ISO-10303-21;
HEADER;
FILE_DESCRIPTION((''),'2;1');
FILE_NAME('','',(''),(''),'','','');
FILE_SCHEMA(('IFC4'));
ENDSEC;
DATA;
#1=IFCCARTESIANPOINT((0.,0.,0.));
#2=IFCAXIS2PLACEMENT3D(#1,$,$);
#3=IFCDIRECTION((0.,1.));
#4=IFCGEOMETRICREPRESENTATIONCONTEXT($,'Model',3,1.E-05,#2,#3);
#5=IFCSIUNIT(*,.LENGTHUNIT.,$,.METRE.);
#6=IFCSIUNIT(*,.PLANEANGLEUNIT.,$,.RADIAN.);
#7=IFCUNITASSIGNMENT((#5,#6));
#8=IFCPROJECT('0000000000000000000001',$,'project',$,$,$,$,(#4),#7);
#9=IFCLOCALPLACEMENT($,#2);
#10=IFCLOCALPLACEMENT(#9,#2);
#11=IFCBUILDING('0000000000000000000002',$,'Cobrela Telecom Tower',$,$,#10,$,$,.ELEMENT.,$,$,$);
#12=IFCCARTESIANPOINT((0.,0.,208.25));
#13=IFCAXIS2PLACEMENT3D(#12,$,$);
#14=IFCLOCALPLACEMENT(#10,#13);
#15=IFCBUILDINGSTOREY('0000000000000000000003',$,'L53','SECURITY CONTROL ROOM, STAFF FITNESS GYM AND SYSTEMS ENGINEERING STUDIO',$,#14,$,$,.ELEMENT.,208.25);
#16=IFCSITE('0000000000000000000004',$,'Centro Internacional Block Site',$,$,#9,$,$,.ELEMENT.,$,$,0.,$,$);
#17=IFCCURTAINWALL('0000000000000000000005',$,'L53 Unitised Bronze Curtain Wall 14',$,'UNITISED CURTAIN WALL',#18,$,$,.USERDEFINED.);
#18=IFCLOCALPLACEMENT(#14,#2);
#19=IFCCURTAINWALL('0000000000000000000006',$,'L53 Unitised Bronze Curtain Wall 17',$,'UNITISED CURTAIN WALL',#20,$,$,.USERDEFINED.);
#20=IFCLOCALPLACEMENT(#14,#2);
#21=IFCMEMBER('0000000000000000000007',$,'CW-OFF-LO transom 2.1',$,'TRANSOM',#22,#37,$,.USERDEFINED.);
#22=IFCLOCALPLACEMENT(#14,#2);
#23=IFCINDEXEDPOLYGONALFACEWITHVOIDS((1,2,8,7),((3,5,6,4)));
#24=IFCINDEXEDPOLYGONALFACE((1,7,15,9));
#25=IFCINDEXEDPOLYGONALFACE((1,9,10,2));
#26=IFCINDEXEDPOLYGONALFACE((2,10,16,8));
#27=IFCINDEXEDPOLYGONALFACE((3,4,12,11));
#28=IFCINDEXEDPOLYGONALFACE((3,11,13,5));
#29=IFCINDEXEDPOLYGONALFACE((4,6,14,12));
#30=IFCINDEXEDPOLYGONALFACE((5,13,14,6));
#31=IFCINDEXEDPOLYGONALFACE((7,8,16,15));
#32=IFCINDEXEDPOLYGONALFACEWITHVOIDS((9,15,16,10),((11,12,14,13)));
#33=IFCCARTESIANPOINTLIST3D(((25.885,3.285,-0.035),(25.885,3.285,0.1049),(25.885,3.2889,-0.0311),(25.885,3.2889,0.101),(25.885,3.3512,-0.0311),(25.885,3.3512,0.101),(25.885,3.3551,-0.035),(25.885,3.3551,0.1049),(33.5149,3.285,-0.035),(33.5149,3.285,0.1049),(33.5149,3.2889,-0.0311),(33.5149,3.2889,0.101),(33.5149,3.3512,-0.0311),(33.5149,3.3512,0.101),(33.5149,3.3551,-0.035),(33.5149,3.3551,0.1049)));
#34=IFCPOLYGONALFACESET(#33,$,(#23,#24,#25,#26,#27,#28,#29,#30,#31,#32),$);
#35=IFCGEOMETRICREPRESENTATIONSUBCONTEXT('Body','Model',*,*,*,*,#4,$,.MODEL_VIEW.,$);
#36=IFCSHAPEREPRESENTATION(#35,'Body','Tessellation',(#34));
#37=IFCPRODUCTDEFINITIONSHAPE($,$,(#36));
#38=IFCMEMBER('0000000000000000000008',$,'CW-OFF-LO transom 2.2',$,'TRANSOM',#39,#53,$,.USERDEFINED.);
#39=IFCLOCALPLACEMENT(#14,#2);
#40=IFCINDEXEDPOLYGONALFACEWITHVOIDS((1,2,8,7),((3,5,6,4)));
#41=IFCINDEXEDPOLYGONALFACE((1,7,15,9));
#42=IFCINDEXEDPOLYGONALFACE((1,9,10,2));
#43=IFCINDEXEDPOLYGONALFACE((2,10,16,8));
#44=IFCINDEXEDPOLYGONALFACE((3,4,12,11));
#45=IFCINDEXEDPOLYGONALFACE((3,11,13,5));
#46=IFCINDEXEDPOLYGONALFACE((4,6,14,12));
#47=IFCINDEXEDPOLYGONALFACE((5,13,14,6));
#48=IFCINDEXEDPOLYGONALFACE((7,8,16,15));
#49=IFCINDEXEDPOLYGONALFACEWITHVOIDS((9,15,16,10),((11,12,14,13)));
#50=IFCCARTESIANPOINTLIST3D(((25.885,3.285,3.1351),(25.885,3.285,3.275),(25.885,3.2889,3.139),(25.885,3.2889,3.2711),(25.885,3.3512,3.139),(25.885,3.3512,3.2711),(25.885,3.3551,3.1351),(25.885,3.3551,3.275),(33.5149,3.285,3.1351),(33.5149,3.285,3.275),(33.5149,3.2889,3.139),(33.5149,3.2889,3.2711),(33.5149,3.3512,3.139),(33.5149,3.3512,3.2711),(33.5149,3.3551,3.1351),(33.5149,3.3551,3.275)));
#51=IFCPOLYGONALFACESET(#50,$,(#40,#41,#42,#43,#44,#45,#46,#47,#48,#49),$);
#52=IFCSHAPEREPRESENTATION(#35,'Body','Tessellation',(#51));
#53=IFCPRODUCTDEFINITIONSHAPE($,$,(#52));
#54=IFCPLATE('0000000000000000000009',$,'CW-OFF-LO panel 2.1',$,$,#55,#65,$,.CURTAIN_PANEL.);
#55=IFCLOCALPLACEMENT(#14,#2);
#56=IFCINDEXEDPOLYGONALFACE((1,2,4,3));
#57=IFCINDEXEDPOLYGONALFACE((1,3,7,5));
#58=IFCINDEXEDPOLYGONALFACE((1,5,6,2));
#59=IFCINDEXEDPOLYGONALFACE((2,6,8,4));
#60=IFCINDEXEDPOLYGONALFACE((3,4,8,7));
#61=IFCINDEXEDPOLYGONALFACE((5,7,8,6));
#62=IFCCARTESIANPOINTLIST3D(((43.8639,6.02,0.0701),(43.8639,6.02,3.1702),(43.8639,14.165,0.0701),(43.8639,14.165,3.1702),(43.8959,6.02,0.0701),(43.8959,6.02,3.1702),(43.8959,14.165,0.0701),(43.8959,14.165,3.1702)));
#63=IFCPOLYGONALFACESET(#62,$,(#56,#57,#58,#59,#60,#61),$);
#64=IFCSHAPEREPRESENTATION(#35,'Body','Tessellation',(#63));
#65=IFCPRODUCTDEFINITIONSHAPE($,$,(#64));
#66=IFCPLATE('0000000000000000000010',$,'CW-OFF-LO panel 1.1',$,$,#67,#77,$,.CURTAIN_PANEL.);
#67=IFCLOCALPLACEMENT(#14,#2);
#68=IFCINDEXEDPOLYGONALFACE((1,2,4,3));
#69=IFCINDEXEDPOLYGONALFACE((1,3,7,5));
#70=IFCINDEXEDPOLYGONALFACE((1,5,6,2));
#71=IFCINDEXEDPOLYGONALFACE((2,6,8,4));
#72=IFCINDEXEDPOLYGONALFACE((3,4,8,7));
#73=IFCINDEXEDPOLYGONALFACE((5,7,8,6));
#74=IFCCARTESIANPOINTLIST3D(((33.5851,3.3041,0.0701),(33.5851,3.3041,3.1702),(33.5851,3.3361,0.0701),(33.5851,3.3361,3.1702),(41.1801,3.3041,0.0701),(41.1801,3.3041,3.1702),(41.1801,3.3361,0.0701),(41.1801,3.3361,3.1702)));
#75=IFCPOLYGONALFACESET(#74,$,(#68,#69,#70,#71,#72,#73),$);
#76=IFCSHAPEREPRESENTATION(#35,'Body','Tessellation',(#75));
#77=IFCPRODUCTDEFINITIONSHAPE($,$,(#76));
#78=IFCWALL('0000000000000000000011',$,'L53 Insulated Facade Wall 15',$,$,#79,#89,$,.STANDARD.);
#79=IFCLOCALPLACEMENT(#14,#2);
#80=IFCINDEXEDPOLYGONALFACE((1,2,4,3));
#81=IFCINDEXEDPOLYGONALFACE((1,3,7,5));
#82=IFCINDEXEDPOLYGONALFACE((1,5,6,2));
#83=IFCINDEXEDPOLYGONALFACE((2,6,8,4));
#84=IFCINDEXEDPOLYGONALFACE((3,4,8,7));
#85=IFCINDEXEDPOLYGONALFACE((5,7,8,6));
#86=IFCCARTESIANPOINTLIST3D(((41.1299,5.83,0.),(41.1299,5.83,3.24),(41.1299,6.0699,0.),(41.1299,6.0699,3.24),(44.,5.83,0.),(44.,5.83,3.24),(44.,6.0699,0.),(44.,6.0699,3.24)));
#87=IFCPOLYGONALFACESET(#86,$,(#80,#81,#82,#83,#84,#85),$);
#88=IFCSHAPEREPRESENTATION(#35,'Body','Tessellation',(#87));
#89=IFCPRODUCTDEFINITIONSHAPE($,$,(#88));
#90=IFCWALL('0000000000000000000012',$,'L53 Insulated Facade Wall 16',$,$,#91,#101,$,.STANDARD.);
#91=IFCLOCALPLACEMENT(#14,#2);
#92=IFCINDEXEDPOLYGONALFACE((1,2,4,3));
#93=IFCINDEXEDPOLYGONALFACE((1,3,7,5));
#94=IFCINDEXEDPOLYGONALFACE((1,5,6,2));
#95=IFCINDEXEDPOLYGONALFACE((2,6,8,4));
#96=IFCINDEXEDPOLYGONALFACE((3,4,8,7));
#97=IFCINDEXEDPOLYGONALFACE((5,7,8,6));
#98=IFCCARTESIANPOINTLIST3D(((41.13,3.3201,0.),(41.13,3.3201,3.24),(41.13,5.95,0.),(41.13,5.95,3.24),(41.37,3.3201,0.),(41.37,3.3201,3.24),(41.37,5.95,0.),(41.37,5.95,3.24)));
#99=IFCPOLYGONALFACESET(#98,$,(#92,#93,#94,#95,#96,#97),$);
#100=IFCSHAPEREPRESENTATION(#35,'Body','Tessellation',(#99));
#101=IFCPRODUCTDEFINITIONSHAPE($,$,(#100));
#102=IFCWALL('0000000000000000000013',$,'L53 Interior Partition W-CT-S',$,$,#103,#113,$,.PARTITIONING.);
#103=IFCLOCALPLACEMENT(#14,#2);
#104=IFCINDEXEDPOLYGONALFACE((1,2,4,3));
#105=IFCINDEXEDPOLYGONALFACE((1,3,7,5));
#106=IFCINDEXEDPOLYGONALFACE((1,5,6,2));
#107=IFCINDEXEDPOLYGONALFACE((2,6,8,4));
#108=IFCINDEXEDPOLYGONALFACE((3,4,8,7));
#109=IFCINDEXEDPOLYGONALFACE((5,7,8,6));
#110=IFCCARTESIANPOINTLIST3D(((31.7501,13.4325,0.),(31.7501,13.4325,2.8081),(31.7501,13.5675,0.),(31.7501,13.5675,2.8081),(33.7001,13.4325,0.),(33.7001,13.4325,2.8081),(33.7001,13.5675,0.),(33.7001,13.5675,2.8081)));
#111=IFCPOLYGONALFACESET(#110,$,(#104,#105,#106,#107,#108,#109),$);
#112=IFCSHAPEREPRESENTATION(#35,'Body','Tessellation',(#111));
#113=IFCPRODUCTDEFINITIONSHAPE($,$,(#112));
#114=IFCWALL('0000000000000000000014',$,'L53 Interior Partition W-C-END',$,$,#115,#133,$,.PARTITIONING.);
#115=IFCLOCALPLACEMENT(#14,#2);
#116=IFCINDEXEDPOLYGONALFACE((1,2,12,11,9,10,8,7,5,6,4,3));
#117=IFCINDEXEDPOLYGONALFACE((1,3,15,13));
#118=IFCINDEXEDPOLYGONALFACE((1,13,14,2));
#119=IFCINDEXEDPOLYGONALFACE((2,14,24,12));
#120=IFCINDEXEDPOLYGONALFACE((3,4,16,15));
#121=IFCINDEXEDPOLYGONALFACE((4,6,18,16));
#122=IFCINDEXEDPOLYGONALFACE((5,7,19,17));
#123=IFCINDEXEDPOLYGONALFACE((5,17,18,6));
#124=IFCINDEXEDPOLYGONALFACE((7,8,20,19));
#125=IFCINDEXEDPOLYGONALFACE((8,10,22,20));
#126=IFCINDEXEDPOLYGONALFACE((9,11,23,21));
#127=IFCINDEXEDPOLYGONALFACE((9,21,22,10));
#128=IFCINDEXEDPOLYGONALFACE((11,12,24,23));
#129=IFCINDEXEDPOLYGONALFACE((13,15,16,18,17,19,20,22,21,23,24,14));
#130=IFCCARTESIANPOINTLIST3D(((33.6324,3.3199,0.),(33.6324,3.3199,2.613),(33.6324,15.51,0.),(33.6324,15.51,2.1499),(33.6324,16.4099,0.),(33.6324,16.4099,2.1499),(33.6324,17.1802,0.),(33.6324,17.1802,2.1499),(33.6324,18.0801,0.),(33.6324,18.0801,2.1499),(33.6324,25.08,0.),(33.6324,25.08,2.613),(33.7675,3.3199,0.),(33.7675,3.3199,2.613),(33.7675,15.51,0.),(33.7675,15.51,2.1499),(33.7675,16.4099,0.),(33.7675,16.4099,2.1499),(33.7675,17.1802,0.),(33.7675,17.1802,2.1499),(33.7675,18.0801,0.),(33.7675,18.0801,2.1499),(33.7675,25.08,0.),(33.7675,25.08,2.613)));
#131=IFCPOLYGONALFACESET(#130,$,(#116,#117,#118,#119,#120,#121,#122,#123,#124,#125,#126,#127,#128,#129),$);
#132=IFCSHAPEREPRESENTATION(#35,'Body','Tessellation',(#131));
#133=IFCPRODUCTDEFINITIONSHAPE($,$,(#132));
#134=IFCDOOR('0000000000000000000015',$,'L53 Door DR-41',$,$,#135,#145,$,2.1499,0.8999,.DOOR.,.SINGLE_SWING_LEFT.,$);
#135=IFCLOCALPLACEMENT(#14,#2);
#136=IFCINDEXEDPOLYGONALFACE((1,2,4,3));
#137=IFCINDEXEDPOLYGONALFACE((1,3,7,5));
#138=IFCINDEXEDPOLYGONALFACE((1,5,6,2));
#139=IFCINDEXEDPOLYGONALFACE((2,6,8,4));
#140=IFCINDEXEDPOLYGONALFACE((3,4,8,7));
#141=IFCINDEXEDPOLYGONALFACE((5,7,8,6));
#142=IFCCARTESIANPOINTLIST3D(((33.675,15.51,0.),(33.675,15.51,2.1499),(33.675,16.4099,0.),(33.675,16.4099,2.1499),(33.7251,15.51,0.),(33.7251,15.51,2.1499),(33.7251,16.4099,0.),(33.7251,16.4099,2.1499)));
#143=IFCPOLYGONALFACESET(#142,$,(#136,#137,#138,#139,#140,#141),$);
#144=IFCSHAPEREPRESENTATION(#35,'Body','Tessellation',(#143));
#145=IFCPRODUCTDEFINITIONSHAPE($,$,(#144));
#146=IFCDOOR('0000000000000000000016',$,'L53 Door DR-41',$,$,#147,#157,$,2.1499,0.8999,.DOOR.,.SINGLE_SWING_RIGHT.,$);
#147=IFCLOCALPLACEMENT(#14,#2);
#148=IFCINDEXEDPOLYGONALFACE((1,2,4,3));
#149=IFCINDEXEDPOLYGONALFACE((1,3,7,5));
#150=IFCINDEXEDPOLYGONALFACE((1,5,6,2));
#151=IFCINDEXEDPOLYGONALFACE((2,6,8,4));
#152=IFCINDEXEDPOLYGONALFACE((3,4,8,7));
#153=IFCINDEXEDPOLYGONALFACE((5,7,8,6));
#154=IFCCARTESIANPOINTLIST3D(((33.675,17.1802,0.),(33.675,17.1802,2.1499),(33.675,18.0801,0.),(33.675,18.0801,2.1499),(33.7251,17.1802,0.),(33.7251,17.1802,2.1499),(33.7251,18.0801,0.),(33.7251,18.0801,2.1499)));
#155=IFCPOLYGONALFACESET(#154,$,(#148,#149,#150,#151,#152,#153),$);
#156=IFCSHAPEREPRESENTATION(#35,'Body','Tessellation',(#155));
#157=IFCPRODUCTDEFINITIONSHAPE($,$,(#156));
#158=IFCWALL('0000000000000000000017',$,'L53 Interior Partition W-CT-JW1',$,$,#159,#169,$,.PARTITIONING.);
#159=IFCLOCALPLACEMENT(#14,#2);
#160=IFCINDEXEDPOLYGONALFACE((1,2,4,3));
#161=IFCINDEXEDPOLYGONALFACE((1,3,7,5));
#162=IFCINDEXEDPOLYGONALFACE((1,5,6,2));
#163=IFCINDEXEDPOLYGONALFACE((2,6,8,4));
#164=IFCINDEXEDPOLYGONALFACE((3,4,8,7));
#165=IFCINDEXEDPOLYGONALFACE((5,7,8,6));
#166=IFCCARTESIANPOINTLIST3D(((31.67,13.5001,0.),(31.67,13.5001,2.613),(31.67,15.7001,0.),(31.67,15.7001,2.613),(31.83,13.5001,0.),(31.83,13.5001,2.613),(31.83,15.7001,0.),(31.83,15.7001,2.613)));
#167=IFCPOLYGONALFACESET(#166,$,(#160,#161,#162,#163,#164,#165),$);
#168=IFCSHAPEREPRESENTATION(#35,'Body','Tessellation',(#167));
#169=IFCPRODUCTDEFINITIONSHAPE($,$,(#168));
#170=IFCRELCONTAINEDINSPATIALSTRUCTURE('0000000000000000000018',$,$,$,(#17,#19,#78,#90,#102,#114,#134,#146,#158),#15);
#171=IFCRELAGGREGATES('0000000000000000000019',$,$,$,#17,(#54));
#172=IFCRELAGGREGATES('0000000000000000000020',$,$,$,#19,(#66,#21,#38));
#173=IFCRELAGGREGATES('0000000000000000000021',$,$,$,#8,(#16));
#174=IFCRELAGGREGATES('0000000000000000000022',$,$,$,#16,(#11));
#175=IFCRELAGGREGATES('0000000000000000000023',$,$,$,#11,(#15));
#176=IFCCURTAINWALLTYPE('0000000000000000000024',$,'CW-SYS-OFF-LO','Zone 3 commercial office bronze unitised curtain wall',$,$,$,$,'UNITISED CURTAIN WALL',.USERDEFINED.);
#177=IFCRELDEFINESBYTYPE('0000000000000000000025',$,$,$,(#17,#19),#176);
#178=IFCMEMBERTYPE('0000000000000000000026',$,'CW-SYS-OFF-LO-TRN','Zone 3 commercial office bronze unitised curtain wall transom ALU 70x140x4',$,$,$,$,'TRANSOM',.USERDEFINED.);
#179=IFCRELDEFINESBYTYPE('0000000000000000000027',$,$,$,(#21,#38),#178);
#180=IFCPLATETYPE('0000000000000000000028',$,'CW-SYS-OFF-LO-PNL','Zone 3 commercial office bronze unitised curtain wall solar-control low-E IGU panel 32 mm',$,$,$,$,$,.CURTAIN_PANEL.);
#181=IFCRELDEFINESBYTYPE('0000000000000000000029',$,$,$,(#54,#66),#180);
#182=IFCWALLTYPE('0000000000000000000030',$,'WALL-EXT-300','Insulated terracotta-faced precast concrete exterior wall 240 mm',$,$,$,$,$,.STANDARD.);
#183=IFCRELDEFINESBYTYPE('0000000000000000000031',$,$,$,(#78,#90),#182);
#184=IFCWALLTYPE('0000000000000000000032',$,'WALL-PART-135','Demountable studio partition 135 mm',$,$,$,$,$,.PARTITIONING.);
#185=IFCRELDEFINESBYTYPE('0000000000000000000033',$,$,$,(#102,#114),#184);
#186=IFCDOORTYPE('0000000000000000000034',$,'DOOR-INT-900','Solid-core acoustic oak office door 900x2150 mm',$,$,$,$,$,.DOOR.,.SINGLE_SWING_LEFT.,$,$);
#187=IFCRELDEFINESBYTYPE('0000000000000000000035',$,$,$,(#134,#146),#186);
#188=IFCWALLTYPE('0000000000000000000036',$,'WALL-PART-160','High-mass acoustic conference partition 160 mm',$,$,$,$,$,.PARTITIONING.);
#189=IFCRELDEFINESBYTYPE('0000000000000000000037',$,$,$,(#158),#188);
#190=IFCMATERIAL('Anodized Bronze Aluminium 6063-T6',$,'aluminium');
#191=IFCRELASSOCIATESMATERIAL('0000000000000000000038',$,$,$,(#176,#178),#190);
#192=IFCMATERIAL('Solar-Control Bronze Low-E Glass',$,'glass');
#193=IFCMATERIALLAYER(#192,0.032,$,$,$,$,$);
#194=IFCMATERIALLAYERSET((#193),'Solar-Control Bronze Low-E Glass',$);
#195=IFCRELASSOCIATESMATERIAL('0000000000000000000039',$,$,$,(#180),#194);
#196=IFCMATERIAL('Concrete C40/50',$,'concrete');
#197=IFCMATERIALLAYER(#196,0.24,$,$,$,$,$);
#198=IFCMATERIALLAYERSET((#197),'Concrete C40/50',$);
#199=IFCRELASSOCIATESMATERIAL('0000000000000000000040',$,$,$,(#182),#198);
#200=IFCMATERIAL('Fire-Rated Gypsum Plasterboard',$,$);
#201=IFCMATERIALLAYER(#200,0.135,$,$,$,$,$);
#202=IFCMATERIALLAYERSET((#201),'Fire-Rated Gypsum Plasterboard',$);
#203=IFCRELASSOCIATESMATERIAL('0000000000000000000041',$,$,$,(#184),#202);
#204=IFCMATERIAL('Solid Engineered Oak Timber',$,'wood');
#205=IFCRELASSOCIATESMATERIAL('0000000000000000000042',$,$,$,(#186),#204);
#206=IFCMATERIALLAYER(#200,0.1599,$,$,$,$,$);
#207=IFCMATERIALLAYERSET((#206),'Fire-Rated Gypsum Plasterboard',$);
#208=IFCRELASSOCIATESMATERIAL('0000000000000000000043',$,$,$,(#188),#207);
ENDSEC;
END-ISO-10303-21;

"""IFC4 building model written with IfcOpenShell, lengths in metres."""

from ifc_helpers import new_model, si_unit, direction, frame, frame_2d, origin, origin_2d, place, context, subcontext, project, spatial, rectangle, hollow_rectangle, extrude, material, layer, layer_set, material_profile, profile_set, type_object, element, fill, aggregate, save


model = new_model("IFC4")

# Units and contexts
model_context = context("Model", 3, precision=1e-05, world=origin(), true_north=direction((0.0, 1.0)))
body_context = subcontext(model_context, "Body", "Model", "MODEL_VIEW")
ifc_project = project(units=[si_unit("LENGTHUNIT", "METRE"), si_unit("PLANEANGLEUNIT", "RADIAN")], contexts=[model_context])

# Site, building, storey
site_placement = place(None, origin())
site = spatial("IfcSite", under=ifc_project, at=site_placement, Name="Centro Internacional Block Site", CompositionType="ELEMENT", RefElevation=0.0)
building_placement = place(site_placement, origin())
building = spatial("IfcBuilding", under=site, at=building_placement, Name="Cobrela Telecom Tower", CompositionType="ELEMENT")
storey_placement = place(building_placement, frame((0.0, 0.0, 208.25)))
storey = spatial("IfcBuildingStorey", under=building, at=storey_placement, Name="L53", Description="SECURITY CONTROL ROOM, STAFF FITNESS GYM AND SYSTEMS ENGINEERING STUDIO", CompositionType="ELEMENT", Elevation=208.25)

# Curtain walls
ifc_material_1 = material(Name="Anodized Bronze Aluminium 6063-T6", Category="aluminium")
curtain_wall_type = type_object("IfcCurtainWallType", Name="CW-SYS-OFF-LO", Description="Zone 3 commercial office bronze unitised curtain wall", ElementType="UNITISED CURTAIN WALL", PredefinedType="USERDEFINED", material=ifc_material_1)
curtain_wall_1_placement = place(storey_placement, origin())
curtain_wall_1 = element("IfcCurtainWall", 1, at=curtain_wall_1_placement, inside=storey, type_object=curtain_wall_type, Name="L53 Unitised Bronze Curtain Wall 14", ObjectType="UNITISED CURTAIN WALL", PredefinedType="USERDEFINED")
curtain_wall_2_placement = place(storey_placement, origin())
curtain_wall_2 = element("IfcCurtainWall", 2, at=curtain_wall_2_placement, inside=storey, type_object=curtain_wall_type, Name="L53 Unitised Bronze Curtain Wall 17", ObjectType="UNITISED CURTAIN WALL", PredefinedType="USERDEFINED")

# Members
ifc_material_profile_1 = material_profile(ifc_material_1, hollow_rectangle(XDim=0.0701, YDim=0.1399, WallThickness=0.0039, at=origin_2d()), Name="ALU 70x140x4")
ifc_profile_set_1 = profile_set([ifc_material_profile_1], Name="Anodized Bronze Aluminium 6063-T6")
member_type_1 = type_object("IfcMemberType", Name="CW-SYS-OFF-LO-TRN", Description="Zone 3 commercial office bronze unitised curtain wall transom ALU 70x140x4", ElementType="TRANSOM", PredefinedType="USERDEFINED", material=ifc_profile_set_1)
member_1_placement = place(storey_placement, frame((33.5149, 3.3201, 0.0349), z_axis=(-1.0, 0.0, 0.0), x_axis=(0.0, -1.0, 0.0)))
member_1 = element("IfcMember", 3, at=member_1_placement, type_object=member_type_1, Name="CW-OFF-LO transom 2.1", ObjectType="TRANSOM", PredefinedType="USERDEFINED", context=body_context, shape_type="SweptSolid", body=[
    extrude(hollow_rectangle(XDim=0.0701, YDim=0.1399, WallThickness=0.0039, at=origin_2d()), origin(), (0.0, 0.0, 1.0), 7.6299),
])
member_2_placement = place(storey_placement, frame((33.5149, 3.3201, 3.2051), z_axis=(-1.0, 0.0, 0.0), x_axis=(0.0, -1.0, 0.0)))
member_2 = element("IfcMember", 4, at=member_2_placement, type_object=member_type_1, Name="CW-OFF-LO transom 2.2", ObjectType="TRANSOM", PredefinedType="USERDEFINED", context=body_context, shape_type="SweptSolid", body=[
    extrude(hollow_rectangle(XDim=0.0701, YDim=0.1399, WallThickness=0.0039, at=origin_2d()), origin(), (0.0, 0.0, 1.0), 7.6299),
])

# Plates
ifc_material_2 = material(Name="Solar-Control Bronze Low-E Glass", Category="glass")
ifc_layer_1 = layer(ifc_material_2, 0.032)
ifc_layer_set_1 = layer_set([ifc_layer_1], Name="Solar-Control Bronze Low-E Glass")
plate_type = type_object("IfcPlateType", Name="CW-SYS-OFF-LO-PNL", Description="Zone 3 commercial office bronze unitised curtain wall solar-control low-E IGU panel 32 mm", PredefinedType="CURTAIN_PANEL", material=ifc_layer_set_1)
plate_1_placement = place(storey_placement, frame((43.8799, 10.0925, 0.0701), z_axis=(0.0, 0.0, 1.0), x_axis=(0.0, -1.0, 0.0)))
plate_1 = element("IfcPlate", 5, at=plate_1_placement, type_object=plate_type, Name="CW-OFF-LO panel 2.1", PredefinedType="CURTAIN_PANEL", context=body_context, shape_type="SweptSolid", body=[
    extrude(rectangle(XDim=8.145, YDim=0.032, at=origin_2d()), origin(), (0.0, 0.0, 1.0), 3.1001),
])
aggregate(curtain_wall_1, [plate_1])
plate_2_placement = place(storey_placement, frame((37.3826, 3.3201, 0.0701), z_axis=(0.0, 0.0, 1.0), x_axis=(-1.0, 0.0, 0.0)))
plate_2 = element("IfcPlate", 6, at=plate_2_placement, type_object=plate_type, Name="CW-OFF-LO panel 1.1", PredefinedType="CURTAIN_PANEL", context=body_context, shape_type="SweptSolid", body=[
    extrude(rectangle(XDim=7.595, YDim=0.032, at=origin_2d()), origin(), (0.0, 0.0, 1.0), 3.1001),
])
aggregate(curtain_wall_2, [plate_2, member_1, member_2])

# Walls
ifc_material_3 = material(Name="Concrete C40/50", Category="concrete")
ifc_layer_2 = layer(ifc_material_3, 0.24)
ifc_layer_set_2 = layer_set([ifc_layer_2], Name="Concrete C40/50")
wall_type_1 = type_object("IfcWallType", Name="WALL-EXT-300", Description="Insulated terracotta-faced precast concrete exterior wall 240 mm", PredefinedType="STANDARD", material=ifc_layer_set_2)
wall_1_placement = place(storey_placement, frame((44.0, 5.95, 0.0), z_axis=(0.0, 0.0, 1.0), x_axis=(-1.0, 0.0, 0.0)))
element("IfcWall", 7, at=wall_1_placement, inside=storey, type_object=wall_type_1, Name="L53 Insulated Facade Wall 15", PredefinedType="STANDARD", context=body_context, shape_type="SweptSolid", body=[
    extrude(rectangle(XDim=2.8701, YDim=0.24, at=frame_2d((1.4351, 0.0))), origin(), (0.0, 0.0, 1.0), 3.24),
])
wall_2_placement = place(storey_placement, frame((41.25, 5.95, 0.0), z_axis=(0.0, 0.0, 1.0), x_axis=(0.0, -1.0, 0.0)))
element("IfcWall", 8, at=wall_2_placement, inside=storey, type_object=wall_type_1, Name="L53 Insulated Facade Wall 16", PredefinedType="STANDARD", context=body_context, shape_type="SweptSolid", body=[
    extrude(rectangle(XDim=2.6299, YDim=0.24, at=frame_2d((1.3149, 0.0))), origin(), (0.0, 0.0, 1.0), 3.24),
])
ifc_material_4 = material(Name="Fire-Rated Gypsum Plasterboard")
ifc_layer_3 = layer(ifc_material_4, 0.135)
ifc_layer_set_3 = layer_set([ifc_layer_3], Name="Fire-Rated Gypsum Plasterboard")
wall_type_2 = type_object("IfcWallType", Name="WALL-PART-135", Description="Demountable studio partition 135 mm", PredefinedType="PARTITIONING", material=ifc_layer_set_3)
wall_3_placement = place(storey_placement, frame((31.75, 13.5, 0.0), z_axis=(0.0, 0.0, 1.0), x_axis=(1.0, 0.0, 0.0)))
element("IfcWall", 9, at=wall_3_placement, inside=storey, type_object=wall_type_2, Name="L53 Interior Partition W-CT-S", PredefinedType="PARTITIONING", context=body_context, shape_type="SweptSolid", body=[
    extrude(rectangle(XDim=1.95, YDim=0.135, at=frame_2d((0.9751, 0.0))), origin(), (0.0, 0.0, 1.0), 2.8081),
])

# Wall, openings, doors
wall_4_placement = place(storey_placement, frame((33.7, 3.3201, 0.0), z_axis=(0.0, 0.0, 1.0), x_axis=(0.0, 1.0, 0.0)))
wall_4 = element("IfcWall", 10, at=wall_4_placement, inside=storey, type_object=wall_type_2, Name="L53 Interior Partition W-C-END", PredefinedType="PARTITIONING", context=body_context, shape_type="SweptSolid", body=[
    extrude(rectangle(XDim=21.76, YDim=0.135, at=frame_2d((10.8799, 0.0))), origin(), (0.0, 0.0, 1.0), 2.613),
])
opening_1_placement = place(wall_4_placement, frame((12.1899, 0.0, 0.0)))
opening_1 = element("IfcOpeningElement", 11, at=opening_1_placement, cuts=wall_4, PredefinedType="OPENING", context=body_context, shape_type="SweptSolid", body=[
    extrude(rectangle(XDim=0.8999, YDim=2.1499, at=frame_2d((0.45, 1.075))), frame((0.0, 0.0796, 0.0), z_axis=(0.0, -1.0, 0.0), x_axis=(1.0, 0.0, 0.0)), (0.0, 0.0, 1.0), 0.1589),
])
opening_2_placement = place(wall_4_placement, frame((13.8601, 0.0, 0.0)))
opening_2 = element("IfcOpeningElement", 12, at=opening_2_placement, cuts=wall_4, PredefinedType="OPENING", context=body_context, shape_type="SweptSolid", body=[
    extrude(rectangle(XDim=0.8999, YDim=2.1499, at=frame_2d((0.45, 1.075))), frame((0.0, 0.0796, 0.0), z_axis=(0.0, -1.0, 0.0), x_axis=(1.0, 0.0, 0.0)), (0.0, 0.0, 1.0), 0.1589),
])
ifc_material_5 = material(Name="Solid Engineered Oak Timber", Category="wood")
door_type = type_object("IfcDoorType", Name="DOOR-INT-900", Description="Solid-core acoustic oak office door 900x2150 mm", OperationType="SINGLE_SWING_LEFT", PredefinedType="DOOR", material=ifc_material_5)
door_1_placement = place(opening_1_placement, origin())
door_1 = element("IfcDoor", 13, at=door_1_placement, inside=storey, type_object=door_type, Name="L53 Door DR-41", OperationType="SINGLE_SWING_LEFT", OverallHeight=2.1499, OverallWidth=0.8999, PredefinedType="DOOR", context=body_context, shape_type="SweptSolid", body=[
    extrude(rectangle(XDim=0.8999, YDim=2.1499, at=frame_2d((0.45, 1.075))), frame((0.0, 0.0249, 0.0), z_axis=(0.0, -1.0, 0.0), x_axis=(1.0, 0.0, 0.0)), (0.0, 0.0, 1.0), 0.05),
])
fill(opening_1, door_1)
door_2_placement = place(opening_2_placement, origin())
door_2 = element("IfcDoor", 14, at=door_2_placement, inside=storey, type_object=door_type, Name="L53 Door DR-41", OperationType="SINGLE_SWING_RIGHT", OverallHeight=2.1499, OverallWidth=0.8999, PredefinedType="DOOR", context=body_context, shape_type="SweptSolid", body=[
    extrude(rectangle(XDim=0.8999, YDim=2.1499, at=frame_2d((0.45, 1.075))), frame((0.0, 0.0249, 0.0), z_axis=(0.0, -1.0, 0.0), x_axis=(1.0, 0.0, 0.0)), (0.0, 0.0, 1.0), 0.05),
])
fill(opening_2, door_2)

# Wall
ifc_layer_4 = layer(ifc_material_4, 0.1599)
ifc_layer_set_4 = layer_set([ifc_layer_4], Name="Fire-Rated Gypsum Plasterboard")
wall_type_3 = type_object("IfcWallType", Name="WALL-PART-160", Description="High-mass acoustic conference partition 160 mm", PredefinedType="PARTITIONING", material=ifc_layer_set_4)
wall_5_placement = place(storey_placement, frame((31.75, 13.5, 0.0), z_axis=(0.0, 0.0, 1.0), x_axis=(0.0, 1.0, 0.0)))
element("IfcWall", 15, at=wall_5_placement, inside=storey, type_object=wall_type_3, Name="L53 Interior Partition W-CT-JW1", PredefinedType="PARTITIONING", context=body_context, shape_type="SweptSolid", body=[
    extrude(rectangle(XDim=2.2, YDim=0.1599, at=frame_2d((1.1001, 0.0))), origin(), (0.0, 0.0, 1.0), 2.613),
])

save(model, "model.ifc")
